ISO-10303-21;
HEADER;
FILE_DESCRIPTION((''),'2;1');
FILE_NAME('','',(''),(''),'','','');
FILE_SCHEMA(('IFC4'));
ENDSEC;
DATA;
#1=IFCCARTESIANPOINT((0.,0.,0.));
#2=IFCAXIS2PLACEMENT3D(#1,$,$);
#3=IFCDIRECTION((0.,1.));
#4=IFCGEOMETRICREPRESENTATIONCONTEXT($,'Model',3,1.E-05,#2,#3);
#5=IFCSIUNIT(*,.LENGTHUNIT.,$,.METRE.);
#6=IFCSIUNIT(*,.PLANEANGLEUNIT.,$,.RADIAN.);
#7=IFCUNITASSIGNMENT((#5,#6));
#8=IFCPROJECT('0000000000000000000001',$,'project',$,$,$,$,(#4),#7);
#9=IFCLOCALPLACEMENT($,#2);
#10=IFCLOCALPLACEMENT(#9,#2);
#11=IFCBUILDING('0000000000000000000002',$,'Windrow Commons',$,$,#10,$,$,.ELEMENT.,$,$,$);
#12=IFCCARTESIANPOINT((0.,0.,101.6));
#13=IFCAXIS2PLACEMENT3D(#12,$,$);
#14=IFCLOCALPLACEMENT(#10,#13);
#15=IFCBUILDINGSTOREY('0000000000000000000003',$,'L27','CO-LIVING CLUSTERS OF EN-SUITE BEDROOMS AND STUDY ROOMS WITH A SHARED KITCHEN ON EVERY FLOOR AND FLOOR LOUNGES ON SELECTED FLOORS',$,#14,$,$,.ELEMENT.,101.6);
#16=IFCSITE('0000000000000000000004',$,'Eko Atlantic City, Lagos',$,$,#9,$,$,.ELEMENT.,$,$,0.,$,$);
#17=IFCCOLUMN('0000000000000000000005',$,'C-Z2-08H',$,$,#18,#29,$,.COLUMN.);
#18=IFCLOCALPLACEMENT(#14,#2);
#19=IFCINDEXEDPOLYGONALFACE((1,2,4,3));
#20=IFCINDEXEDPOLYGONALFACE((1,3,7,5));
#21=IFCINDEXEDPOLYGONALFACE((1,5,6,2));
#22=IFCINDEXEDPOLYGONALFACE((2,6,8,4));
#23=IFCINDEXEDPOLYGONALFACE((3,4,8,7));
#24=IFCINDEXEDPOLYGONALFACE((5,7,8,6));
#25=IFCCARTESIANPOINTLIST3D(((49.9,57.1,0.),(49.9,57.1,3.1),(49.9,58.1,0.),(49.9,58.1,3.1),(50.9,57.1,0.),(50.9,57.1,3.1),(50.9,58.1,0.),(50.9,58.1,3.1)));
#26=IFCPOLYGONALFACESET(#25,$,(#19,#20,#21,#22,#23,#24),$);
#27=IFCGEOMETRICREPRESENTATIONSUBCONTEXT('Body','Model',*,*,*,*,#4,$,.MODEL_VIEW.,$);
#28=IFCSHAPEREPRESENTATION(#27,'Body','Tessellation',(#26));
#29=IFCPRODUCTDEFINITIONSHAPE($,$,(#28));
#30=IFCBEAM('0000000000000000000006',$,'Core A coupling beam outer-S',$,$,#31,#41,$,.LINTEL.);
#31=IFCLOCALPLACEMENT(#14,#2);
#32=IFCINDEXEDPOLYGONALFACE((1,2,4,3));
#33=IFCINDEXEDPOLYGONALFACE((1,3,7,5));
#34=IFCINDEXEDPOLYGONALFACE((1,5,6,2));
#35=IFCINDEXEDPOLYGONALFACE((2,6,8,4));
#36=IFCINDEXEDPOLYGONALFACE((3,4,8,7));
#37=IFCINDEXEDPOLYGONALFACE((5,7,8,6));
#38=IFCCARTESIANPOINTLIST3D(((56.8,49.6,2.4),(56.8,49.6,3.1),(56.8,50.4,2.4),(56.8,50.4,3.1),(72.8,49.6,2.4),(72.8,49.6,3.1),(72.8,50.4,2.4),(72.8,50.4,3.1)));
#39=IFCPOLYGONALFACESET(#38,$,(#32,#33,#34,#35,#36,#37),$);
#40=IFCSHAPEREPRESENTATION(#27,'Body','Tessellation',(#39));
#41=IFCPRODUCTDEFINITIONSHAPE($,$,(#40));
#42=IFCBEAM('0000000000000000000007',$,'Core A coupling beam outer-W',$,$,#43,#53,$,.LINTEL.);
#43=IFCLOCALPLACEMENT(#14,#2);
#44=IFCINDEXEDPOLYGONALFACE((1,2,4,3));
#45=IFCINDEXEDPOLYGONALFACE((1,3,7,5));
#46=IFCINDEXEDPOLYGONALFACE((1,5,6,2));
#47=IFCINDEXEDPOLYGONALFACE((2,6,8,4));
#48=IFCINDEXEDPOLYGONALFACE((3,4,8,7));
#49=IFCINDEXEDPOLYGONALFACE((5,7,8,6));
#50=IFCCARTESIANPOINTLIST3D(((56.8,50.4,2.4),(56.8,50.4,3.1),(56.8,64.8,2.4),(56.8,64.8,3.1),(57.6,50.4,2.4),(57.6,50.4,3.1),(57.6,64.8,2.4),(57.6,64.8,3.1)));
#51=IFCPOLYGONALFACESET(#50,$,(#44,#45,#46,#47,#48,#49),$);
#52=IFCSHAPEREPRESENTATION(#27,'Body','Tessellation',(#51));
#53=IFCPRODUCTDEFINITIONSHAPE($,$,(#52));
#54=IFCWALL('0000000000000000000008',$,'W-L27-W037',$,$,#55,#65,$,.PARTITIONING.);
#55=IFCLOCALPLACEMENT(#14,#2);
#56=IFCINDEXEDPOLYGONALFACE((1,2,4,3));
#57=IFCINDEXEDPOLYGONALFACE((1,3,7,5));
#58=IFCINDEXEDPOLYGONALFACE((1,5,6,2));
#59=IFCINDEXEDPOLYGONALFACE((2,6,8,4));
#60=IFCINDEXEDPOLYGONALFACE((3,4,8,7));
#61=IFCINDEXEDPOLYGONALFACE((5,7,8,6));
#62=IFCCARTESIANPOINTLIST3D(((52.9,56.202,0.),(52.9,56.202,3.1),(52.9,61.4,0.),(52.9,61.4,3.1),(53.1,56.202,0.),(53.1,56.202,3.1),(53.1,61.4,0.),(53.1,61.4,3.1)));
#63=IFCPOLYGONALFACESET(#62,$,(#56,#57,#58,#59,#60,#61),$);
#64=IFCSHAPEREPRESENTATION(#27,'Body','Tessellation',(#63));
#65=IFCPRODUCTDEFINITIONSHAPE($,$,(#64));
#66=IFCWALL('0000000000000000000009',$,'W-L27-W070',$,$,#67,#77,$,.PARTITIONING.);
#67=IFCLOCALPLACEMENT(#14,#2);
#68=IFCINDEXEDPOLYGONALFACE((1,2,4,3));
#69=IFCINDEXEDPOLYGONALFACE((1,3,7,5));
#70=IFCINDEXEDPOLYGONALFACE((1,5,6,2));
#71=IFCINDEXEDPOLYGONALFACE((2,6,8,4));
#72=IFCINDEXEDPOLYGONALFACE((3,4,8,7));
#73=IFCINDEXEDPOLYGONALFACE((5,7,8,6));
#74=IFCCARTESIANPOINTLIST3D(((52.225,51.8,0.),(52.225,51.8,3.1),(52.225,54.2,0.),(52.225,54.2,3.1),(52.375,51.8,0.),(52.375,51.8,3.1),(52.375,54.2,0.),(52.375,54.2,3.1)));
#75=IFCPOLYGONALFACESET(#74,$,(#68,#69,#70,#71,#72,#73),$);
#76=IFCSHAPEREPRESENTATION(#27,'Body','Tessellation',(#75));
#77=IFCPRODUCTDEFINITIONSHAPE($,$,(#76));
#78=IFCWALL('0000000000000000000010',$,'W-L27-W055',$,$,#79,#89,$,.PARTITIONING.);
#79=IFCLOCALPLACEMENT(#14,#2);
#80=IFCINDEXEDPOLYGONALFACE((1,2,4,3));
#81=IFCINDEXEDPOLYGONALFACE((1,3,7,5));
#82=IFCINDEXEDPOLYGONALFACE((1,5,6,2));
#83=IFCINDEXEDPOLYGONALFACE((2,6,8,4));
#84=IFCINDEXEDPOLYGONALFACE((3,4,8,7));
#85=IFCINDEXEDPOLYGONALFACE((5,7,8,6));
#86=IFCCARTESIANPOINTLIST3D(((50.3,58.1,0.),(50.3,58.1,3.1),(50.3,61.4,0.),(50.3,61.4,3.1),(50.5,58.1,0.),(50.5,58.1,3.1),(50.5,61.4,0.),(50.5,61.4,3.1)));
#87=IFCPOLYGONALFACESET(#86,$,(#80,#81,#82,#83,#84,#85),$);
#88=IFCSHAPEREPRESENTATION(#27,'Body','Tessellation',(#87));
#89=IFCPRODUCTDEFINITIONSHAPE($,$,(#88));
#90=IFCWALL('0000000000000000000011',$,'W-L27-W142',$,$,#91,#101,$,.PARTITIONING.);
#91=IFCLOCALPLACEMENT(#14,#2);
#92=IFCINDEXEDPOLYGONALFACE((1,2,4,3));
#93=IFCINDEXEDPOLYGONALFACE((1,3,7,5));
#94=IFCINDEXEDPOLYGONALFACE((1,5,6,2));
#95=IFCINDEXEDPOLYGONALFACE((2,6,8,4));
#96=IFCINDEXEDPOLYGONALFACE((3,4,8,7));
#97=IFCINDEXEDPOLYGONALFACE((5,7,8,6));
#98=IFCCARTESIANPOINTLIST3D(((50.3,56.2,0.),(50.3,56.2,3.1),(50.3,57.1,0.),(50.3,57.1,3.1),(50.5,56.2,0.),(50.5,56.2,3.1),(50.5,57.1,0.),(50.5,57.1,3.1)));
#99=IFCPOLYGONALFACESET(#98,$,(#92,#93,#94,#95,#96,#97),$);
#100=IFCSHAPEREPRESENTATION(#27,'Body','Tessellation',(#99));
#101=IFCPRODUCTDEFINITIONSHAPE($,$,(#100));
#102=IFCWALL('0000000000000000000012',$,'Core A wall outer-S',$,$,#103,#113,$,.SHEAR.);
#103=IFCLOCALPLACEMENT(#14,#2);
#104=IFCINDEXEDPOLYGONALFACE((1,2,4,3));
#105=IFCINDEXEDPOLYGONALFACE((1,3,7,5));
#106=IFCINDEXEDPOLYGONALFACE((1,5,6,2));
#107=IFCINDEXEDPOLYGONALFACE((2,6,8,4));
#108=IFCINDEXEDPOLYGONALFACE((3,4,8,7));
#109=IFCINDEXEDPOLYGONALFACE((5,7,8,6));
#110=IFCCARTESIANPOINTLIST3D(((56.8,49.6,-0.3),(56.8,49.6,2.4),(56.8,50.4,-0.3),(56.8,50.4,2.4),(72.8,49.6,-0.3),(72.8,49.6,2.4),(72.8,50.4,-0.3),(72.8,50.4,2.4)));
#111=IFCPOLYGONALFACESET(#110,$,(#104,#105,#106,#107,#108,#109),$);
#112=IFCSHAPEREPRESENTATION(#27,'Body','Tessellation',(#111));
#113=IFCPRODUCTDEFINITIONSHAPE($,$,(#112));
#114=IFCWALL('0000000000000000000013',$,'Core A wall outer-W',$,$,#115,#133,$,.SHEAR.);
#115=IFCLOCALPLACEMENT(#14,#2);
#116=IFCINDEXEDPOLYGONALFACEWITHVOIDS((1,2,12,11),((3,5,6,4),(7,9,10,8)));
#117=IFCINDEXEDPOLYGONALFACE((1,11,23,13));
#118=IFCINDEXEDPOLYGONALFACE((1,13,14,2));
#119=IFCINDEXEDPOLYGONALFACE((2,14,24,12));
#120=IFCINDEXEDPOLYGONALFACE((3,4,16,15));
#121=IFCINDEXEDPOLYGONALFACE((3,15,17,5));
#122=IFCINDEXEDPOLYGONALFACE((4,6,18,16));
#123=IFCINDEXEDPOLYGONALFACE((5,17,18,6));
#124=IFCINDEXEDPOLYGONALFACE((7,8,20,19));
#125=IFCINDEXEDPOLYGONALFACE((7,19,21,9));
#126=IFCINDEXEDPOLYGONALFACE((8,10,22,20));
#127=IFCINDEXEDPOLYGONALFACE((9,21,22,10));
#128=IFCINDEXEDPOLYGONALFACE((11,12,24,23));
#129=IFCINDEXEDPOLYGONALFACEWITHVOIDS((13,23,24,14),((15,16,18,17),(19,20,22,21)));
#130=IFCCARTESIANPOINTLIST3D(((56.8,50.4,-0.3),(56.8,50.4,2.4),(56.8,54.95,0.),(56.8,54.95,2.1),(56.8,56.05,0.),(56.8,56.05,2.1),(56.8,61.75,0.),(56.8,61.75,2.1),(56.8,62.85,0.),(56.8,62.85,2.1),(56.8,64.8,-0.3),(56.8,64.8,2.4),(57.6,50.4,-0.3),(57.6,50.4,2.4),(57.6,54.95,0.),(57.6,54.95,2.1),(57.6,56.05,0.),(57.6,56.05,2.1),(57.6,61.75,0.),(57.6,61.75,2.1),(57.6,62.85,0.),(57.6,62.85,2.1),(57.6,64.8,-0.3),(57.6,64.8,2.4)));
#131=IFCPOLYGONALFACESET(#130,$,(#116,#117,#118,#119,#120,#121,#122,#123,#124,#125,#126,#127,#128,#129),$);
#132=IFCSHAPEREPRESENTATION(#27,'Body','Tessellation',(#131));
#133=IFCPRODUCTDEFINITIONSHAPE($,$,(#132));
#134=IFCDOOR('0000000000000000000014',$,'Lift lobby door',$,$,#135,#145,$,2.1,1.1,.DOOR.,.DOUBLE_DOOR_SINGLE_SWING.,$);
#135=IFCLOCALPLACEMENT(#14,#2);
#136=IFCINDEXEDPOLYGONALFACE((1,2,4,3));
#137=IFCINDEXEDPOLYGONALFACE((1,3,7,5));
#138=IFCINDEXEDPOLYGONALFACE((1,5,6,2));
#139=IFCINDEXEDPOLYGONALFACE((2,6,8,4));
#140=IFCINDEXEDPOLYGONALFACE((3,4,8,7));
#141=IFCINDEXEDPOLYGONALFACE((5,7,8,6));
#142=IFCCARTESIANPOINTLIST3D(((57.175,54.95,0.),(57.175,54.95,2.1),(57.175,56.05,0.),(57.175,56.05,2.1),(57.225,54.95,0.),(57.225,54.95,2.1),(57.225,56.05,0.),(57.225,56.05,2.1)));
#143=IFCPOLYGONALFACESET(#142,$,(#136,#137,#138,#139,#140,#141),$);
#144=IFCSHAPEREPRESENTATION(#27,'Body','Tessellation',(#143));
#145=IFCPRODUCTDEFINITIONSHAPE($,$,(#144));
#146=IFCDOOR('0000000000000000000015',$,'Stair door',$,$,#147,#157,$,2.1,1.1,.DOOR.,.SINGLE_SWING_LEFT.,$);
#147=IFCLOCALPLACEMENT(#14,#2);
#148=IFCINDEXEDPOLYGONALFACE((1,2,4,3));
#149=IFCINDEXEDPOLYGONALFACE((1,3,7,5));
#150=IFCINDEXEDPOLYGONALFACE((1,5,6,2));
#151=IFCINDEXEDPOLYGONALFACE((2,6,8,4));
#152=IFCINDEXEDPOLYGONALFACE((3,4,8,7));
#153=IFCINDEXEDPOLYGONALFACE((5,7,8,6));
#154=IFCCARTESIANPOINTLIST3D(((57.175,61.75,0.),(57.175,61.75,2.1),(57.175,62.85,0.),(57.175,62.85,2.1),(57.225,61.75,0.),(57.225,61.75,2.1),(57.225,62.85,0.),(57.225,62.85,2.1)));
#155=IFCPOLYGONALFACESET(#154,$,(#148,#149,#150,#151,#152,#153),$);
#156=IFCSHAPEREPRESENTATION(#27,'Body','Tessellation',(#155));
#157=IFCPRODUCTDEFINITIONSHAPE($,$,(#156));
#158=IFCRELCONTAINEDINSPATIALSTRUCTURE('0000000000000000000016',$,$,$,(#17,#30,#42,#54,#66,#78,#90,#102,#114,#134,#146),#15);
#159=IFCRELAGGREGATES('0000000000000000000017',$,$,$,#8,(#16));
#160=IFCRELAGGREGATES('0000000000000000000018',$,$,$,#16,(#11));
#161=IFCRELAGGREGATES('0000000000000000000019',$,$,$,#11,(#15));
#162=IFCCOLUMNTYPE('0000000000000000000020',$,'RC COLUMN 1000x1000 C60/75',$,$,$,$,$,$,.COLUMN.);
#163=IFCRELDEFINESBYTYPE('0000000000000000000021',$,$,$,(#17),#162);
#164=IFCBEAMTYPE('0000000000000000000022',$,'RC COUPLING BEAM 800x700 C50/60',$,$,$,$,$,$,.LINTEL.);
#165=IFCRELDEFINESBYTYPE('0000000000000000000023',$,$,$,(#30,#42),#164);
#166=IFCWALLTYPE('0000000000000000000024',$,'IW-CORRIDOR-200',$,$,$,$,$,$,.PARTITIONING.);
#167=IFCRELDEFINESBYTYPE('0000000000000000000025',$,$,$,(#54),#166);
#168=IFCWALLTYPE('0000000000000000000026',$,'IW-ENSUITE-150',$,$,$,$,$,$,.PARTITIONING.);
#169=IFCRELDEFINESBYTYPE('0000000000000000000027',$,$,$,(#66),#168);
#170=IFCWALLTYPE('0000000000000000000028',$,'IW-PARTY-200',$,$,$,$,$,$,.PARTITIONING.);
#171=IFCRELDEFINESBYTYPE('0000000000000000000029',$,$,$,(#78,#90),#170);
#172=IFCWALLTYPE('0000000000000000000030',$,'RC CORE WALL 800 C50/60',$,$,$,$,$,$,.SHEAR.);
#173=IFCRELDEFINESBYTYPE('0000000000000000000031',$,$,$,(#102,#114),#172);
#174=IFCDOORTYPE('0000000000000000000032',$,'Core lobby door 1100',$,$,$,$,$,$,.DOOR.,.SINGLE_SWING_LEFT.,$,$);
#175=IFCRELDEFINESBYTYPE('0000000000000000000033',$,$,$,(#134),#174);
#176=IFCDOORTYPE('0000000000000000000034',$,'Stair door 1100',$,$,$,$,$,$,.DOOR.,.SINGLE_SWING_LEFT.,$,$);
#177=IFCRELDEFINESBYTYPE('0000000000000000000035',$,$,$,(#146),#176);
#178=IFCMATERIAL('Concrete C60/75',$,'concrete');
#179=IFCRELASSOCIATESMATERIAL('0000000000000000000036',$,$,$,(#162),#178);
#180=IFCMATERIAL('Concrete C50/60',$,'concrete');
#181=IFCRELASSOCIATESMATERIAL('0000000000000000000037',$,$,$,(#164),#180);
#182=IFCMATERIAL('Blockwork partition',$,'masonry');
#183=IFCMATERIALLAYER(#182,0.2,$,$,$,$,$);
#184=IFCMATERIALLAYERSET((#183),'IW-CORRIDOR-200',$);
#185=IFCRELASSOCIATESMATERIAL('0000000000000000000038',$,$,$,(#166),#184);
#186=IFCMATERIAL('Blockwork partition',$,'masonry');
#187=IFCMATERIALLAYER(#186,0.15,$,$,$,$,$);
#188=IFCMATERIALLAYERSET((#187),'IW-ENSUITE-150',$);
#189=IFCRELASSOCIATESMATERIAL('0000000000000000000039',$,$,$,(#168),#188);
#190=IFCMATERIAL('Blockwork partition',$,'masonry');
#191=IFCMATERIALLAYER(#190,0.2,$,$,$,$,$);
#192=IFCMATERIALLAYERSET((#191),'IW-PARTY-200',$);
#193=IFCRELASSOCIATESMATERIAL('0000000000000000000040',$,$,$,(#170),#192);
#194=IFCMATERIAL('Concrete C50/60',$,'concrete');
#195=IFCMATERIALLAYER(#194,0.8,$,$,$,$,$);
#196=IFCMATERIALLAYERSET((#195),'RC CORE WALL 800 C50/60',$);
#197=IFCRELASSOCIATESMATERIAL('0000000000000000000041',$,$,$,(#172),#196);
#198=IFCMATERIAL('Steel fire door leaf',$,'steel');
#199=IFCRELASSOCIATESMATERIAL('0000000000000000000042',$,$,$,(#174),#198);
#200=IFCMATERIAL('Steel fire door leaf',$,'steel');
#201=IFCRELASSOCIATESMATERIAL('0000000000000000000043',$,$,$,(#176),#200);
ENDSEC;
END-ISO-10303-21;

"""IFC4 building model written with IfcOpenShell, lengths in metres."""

from ifc_helpers import new_model, si_unit, direction, frame, frame_2d, origin, origin_2d, place, context, subcontext, project, spatial, rectangle, extrude, material, layer, layer_set, material_profile, profile_set, type_object, element, fill, save


model = new_model("IFC4")

# Units and contexts
model_context = context("Model", 3, precision=1e-05, world=origin(), true_north=direction((0.0, 1.0)))
body_context = subcontext(model_context, "Body", "Model", "MODEL_VIEW")
ifc_project = project(units=[si_unit("LENGTHUNIT", "METRE"), si_unit("PLANEANGLEUNIT", "RADIAN")], contexts=[model_context])

# Site, building, storey
site_placement = place(None, origin())
site = spatial("IfcSite", under=ifc_project, at=site_placement, Name="Eko Atlantic City, Lagos", CompositionType="ELEMENT", RefElevation=0.0)
building_placement = place(site_placement, origin())
building = spatial("IfcBuilding", under=site, at=building_placement, Name="Windrow Commons", CompositionType="ELEMENT")
storey_placement = place(building_placement, frame((0.0, 0.0, 101.6)))
storey = spatial("IfcBuildingStorey", under=building, at=storey_placement, Name="L27", Description="CO-LIVING CLUSTERS OF EN-SUITE BEDROOMS AND STUDY ROOMS WITH A SHARED KITCHEN ON EVERY FLOOR AND FLOOR LOUNGES ON SELECTED FLOORS", CompositionType="ELEMENT", Elevation=101.6)

# Column
ifc_material_1 = material(Name="Concrete C60/75", Category="concrete")
ifc_material_profile_1 = material_profile(ifc_material_1, rectangle(XDim=1.0, YDim=1.0, at=origin_2d()))
ifc_profile_set_1 = profile_set([ifc_material_profile_1], Name="Concrete C60/75")
column_type = type_object("IfcColumnType", Name="RC COLUMN 1000x1000 C60/75", PredefinedType="COLUMN", material=ifc_profile_set_1)
column_placement = place(storey_placement, frame((50.4, 57.6, 0.0), z_axis=(0.0, 0.0, 1.0), x_axis=(1.0, 0.0, 0.0)))
element("IfcColumn", 1, at=column_placement, inside=storey, type_object=column_type, Name="C-Z2-08H", PredefinedType="COLUMN", context=body_context, shape_type="SweptSolid", body=[
    extrude(rectangle(XDim=1.0, YDim=1.0, at=origin_2d()), origin(), (0.0, 0.0, 1.0), 3.1),
])

# Beams
ifc_material_2 = material(Name="Concrete C50/60", Category="concrete")
ifc_material_profile_2 = material_profile(ifc_material_2, rectangle(XDim=0.8, YDim=0.7, at=origin_2d()))
ifc_profile_set_2 = profile_set([ifc_material_profile_2], Name="Concrete C50/60")
beam_type = type_object("IfcBeamType", Name="RC COUPLING BEAM 800x700 C50/60", PredefinedType="LINTEL", material=ifc_profile_set_2)
beam_1_placement = place(storey_placement, frame((56.8, 50.0, 2.75), z_axis=(1.0, 0.0, 0.0), x_axis=(0.0, 1.0, 0.0)))
element("IfcBeam", 2, at=beam_1_placement, inside=storey, type_object=beam_type, Name="Core A coupling beam outer-S", PredefinedType="LINTEL", context=body_context, shape_type="SweptSolid", body=[
    extrude(rectangle(XDim=0.8, YDim=0.7, at=origin_2d()), origin(), (0.0, 0.0, 1.0), 16.0),
])
beam_2_placement = place(storey_placement, frame((57.2, 50.4, 2.75), z_axis=(0.0, 1.0, 0.0), x_axis=(-1.0, 0.0, 0.0)))
element("IfcBeam", 3, at=beam_2_placement, inside=storey, type_object=beam_type, Name="Core A coupling beam outer-W", PredefinedType="LINTEL", context=body_context, shape_type="SweptSolid", body=[
    extrude(rectangle(XDim=0.8, YDim=0.7, at=origin_2d()), origin(), (0.0, 0.0, 1.0), 14.4),
])

# Walls
ifc_material_3 = material(Name="Blockwork partition", Category="masonry")
ifc_layer_1 = layer(ifc_material_3, 0.2)
ifc_layer_set_1 = layer_set([ifc_layer_1], Name="IW-CORRIDOR-200")
wall_type_1 = type_object("IfcWallType", Name="IW-CORRIDOR-200", PredefinedType="PARTITIONING", material=ifc_layer_set_1)
wall_1_placement = place(storey_placement, frame((53.0, 56.202, 0.0), z_axis=(0.0, 0.0, 1.0), x_axis=(0.0, 1.0, 0.0)))
element("IfcWall", 4, at=wall_1_placement, inside=storey, type_object=wall_type_1, Name="W-L27-W037", PredefinedType="PARTITIONING", context=body_context, shape_type="SweptSolid", body=[
    extrude(rectangle(XDim=5.198, YDim=0.2, at=frame_2d((2.599, 0.0))), origin(), (0.0, 0.0, 1.0), 3.1),
])
ifc_material_4 = material(Name="Blockwork partition", Category="masonry")
ifc_layer_2 = layer(ifc_material_4, 0.15)
ifc_layer_set_2 = layer_set([ifc_layer_2], Name="IW-ENSUITE-150")
wall_type_2 = type_object("IfcWallType", Name="IW-ENSUITE-150", PredefinedType="PARTITIONING", material=ifc_layer_set_2)
wall_2_placement = place(storey_placement, frame((52.3, 51.8, 0.0), z_axis=(0.0, 0.0, 1.0), x_axis=(0.0, 1.0, 0.0)))
element("IfcWall", 5, at=wall_2_placement, inside=storey, type_object=wall_type_2, Name="W-L27-W070", PredefinedType="PARTITIONING", context=body_context, shape_type="SweptSolid", body=[
    extrude(rectangle(XDim=2.4, YDim=0.15, at=frame_2d((1.2, 0.0))), origin(), (0.0, 0.0, 1.0), 3.1),
])
ifc_material_5 = material(Name="Blockwork partition", Category="masonry")
ifc_layer_3 = layer(ifc_material_5, 0.2)
ifc_layer_set_3 = layer_set([ifc_layer_3], Name="IW-PARTY-200")
wall_type_3 = type_object("IfcWallType", Name="IW-PARTY-200", PredefinedType="PARTITIONING", material=ifc_layer_set_3)
wall_3_placement = place(storey_placement, frame((50.4, 58.1, 0.0), z_axis=(0.0, 0.0, 1.0), x_axis=(0.0, 1.0, 0.0)))
element("IfcWall", 6, at=wall_3_placement, inside=storey, type_object=wall_type_3, Name="W-L27-W055", PredefinedType="PARTITIONING", context=body_context, shape_type="SweptSolid", body=[
    extrude(rectangle(XDim=3.3, YDim=0.2, at=frame_2d((1.65, 0.0))), origin(), (0.0, 0.0, 1.0), 3.1),
])
wall_4_placement = place(storey_placement, frame((50.4, 56.2, 0.0), z_axis=(0.0, 0.0, 1.0), x_axis=(0.0, 1.0, 0.0)))
element("IfcWall", 7, at=wall_4_placement, inside=storey, type_object=wall_type_3, Name="W-L27-W142", PredefinedType="PARTITIONING", context=body_context, shape_type="SweptSolid", body=[
    extrude(rectangle(XDim=0.9, YDim=0.2, at=frame_2d((0.45, 0.0))), origin(), (0.0, 0.0, 1.0), 3.1),
])
ifc_material_6 = material(Name="Concrete C50/60", Category="concrete")
ifc_layer_4 = layer(ifc_material_6, 0.8)
ifc_layer_set_4 = layer_set([ifc_layer_4], Name="RC CORE WALL 800 C50/60")
wall_type_4 = type_object("IfcWallType", Name="RC CORE WALL 800 C50/60", PredefinedType="SHEAR", material=ifc_layer_set_4)
wall_5_placement = place(storey_placement, frame((56.8, 50.0, -0.3), z_axis=(0.0, 0.0, 1.0), x_axis=(1.0, 0.0, 0.0)))
element("IfcWall", 8, at=wall_5_placement, inside=storey, type_object=wall_type_4, Name="Core A wall outer-S", PredefinedType="SHEAR", context=body_context, shape_type="SweptSolid", body=[
    extrude(rectangle(XDim=16.0, YDim=0.8, at=frame_2d((8.0, 0.0))), origin(), (0.0, 0.0, 1.0), 2.7),
])

# Wall, openings, doors
wall_6_placement = place(storey_placement, frame((57.2, 50.4, -0.3), z_axis=(0.0, 0.0, 1.0), x_axis=(0.0, 1.0, 0.0)))
wall_6 = element("IfcWall", 9, at=wall_6_placement, inside=storey, type_object=wall_type_4, Name="Core A wall outer-W", PredefinedType="SHEAR", context=body_context, shape_type="SweptSolid", body=[
    extrude(rectangle(XDim=14.4, YDim=0.8, at=frame_2d((7.2, 0.0))), origin(), (0.0, 0.0, 1.0), 2.7),
])
opening_1_placement = place(wall_6_placement, frame((4.55, 0.0, 0.3)))
opening_1 = element("IfcOpeningElement", 10, at=opening_1_placement, cuts=wall_6, PredefinedType="OPENING", context=body_context, shape_type="SweptSolid", body=[
    extrude(rectangle(XDim=1.1, YDim=2.1, at=frame_2d((0.55, 1.05))), frame((0.0, 0.41, 0.0), z_axis=(0.0, -1.0, 0.0), x_axis=(1.0, 0.0, 0.0)), (0.0, 0.0, 1.0), 0.82),
])
opening_2_placement = place(wall_6_placement, frame((11.35, 0.0, 0.3)))
opening_2 = element("IfcOpeningElement", 11, at=opening_2_placement, cuts=wall_6, PredefinedType="OPENING", context=body_context, shape_type="SweptSolid", body=[
    extrude(rectangle(XDim=1.1, YDim=2.1, at=frame_2d((0.55, 1.05))), frame((0.0, 0.41, 0.0), z_axis=(0.0, -1.0, 0.0), x_axis=(1.0, 0.0, 0.0)), (0.0, 0.0, 1.0), 0.82),
])
ifc_material_7 = material(Name="Steel fire door leaf", Category="steel")
door_type_1 = type_object("IfcDoorType", Name="Core lobby door 1100", OperationType="SINGLE_SWING_LEFT", PredefinedType="DOOR", material=ifc_material_7)
door_1_placement = place(opening_1_placement, origin())
door_1 = element("IfcDoor", 12, at=door_1_placement, inside=storey, type_object=door_type_1, Name="Lift lobby door", OperationType="DOUBLE_DOOR_SINGLE_SWING", OverallHeight=2.1, OverallWidth=1.1, PredefinedType="DOOR", context=body_context, shape_type="SweptSolid", body=[
    extrude(rectangle(XDim=1.1, YDim=2.1, at=frame_2d((0.55, 1.05))), frame((0.0, 0.025, 0.0), z_axis=(0.0, -1.0, 0.0), x_axis=(1.0, 0.0, 0.0)), (0.0, 0.0, 1.0), 0.05),
])
fill(opening_1, door_1)
ifc_material_8 = material(Name="Steel fire door leaf", Category="steel")
door_type_2 = type_object("IfcDoorType", Name="Stair door 1100", OperationType="SINGLE_SWING_LEFT", PredefinedType="DOOR", material=ifc_material_8)
door_2_placement = place(opening_2_placement, origin())
door_2 = element("IfcDoor", 13, at=door_2_placement, inside=storey, type_object=door_type_2, Name="Stair door", OperationType="SINGLE_SWING_LEFT", OverallHeight=2.1, OverallWidth=1.1, PredefinedType="DOOR", context=body_context, shape_type="SweptSolid", body=[
    extrude(rectangle(XDim=1.1, YDim=2.1, at=frame_2d((0.55, 1.05))), frame((0.0, 0.025, 0.0), z_axis=(0.0, -1.0, 0.0), x_axis=(1.0, 0.0, 0.0)), (0.0, 0.0, 1.0), 0.05),
])
fill(opening_2, door_2)

save(model, "model.ifc")
